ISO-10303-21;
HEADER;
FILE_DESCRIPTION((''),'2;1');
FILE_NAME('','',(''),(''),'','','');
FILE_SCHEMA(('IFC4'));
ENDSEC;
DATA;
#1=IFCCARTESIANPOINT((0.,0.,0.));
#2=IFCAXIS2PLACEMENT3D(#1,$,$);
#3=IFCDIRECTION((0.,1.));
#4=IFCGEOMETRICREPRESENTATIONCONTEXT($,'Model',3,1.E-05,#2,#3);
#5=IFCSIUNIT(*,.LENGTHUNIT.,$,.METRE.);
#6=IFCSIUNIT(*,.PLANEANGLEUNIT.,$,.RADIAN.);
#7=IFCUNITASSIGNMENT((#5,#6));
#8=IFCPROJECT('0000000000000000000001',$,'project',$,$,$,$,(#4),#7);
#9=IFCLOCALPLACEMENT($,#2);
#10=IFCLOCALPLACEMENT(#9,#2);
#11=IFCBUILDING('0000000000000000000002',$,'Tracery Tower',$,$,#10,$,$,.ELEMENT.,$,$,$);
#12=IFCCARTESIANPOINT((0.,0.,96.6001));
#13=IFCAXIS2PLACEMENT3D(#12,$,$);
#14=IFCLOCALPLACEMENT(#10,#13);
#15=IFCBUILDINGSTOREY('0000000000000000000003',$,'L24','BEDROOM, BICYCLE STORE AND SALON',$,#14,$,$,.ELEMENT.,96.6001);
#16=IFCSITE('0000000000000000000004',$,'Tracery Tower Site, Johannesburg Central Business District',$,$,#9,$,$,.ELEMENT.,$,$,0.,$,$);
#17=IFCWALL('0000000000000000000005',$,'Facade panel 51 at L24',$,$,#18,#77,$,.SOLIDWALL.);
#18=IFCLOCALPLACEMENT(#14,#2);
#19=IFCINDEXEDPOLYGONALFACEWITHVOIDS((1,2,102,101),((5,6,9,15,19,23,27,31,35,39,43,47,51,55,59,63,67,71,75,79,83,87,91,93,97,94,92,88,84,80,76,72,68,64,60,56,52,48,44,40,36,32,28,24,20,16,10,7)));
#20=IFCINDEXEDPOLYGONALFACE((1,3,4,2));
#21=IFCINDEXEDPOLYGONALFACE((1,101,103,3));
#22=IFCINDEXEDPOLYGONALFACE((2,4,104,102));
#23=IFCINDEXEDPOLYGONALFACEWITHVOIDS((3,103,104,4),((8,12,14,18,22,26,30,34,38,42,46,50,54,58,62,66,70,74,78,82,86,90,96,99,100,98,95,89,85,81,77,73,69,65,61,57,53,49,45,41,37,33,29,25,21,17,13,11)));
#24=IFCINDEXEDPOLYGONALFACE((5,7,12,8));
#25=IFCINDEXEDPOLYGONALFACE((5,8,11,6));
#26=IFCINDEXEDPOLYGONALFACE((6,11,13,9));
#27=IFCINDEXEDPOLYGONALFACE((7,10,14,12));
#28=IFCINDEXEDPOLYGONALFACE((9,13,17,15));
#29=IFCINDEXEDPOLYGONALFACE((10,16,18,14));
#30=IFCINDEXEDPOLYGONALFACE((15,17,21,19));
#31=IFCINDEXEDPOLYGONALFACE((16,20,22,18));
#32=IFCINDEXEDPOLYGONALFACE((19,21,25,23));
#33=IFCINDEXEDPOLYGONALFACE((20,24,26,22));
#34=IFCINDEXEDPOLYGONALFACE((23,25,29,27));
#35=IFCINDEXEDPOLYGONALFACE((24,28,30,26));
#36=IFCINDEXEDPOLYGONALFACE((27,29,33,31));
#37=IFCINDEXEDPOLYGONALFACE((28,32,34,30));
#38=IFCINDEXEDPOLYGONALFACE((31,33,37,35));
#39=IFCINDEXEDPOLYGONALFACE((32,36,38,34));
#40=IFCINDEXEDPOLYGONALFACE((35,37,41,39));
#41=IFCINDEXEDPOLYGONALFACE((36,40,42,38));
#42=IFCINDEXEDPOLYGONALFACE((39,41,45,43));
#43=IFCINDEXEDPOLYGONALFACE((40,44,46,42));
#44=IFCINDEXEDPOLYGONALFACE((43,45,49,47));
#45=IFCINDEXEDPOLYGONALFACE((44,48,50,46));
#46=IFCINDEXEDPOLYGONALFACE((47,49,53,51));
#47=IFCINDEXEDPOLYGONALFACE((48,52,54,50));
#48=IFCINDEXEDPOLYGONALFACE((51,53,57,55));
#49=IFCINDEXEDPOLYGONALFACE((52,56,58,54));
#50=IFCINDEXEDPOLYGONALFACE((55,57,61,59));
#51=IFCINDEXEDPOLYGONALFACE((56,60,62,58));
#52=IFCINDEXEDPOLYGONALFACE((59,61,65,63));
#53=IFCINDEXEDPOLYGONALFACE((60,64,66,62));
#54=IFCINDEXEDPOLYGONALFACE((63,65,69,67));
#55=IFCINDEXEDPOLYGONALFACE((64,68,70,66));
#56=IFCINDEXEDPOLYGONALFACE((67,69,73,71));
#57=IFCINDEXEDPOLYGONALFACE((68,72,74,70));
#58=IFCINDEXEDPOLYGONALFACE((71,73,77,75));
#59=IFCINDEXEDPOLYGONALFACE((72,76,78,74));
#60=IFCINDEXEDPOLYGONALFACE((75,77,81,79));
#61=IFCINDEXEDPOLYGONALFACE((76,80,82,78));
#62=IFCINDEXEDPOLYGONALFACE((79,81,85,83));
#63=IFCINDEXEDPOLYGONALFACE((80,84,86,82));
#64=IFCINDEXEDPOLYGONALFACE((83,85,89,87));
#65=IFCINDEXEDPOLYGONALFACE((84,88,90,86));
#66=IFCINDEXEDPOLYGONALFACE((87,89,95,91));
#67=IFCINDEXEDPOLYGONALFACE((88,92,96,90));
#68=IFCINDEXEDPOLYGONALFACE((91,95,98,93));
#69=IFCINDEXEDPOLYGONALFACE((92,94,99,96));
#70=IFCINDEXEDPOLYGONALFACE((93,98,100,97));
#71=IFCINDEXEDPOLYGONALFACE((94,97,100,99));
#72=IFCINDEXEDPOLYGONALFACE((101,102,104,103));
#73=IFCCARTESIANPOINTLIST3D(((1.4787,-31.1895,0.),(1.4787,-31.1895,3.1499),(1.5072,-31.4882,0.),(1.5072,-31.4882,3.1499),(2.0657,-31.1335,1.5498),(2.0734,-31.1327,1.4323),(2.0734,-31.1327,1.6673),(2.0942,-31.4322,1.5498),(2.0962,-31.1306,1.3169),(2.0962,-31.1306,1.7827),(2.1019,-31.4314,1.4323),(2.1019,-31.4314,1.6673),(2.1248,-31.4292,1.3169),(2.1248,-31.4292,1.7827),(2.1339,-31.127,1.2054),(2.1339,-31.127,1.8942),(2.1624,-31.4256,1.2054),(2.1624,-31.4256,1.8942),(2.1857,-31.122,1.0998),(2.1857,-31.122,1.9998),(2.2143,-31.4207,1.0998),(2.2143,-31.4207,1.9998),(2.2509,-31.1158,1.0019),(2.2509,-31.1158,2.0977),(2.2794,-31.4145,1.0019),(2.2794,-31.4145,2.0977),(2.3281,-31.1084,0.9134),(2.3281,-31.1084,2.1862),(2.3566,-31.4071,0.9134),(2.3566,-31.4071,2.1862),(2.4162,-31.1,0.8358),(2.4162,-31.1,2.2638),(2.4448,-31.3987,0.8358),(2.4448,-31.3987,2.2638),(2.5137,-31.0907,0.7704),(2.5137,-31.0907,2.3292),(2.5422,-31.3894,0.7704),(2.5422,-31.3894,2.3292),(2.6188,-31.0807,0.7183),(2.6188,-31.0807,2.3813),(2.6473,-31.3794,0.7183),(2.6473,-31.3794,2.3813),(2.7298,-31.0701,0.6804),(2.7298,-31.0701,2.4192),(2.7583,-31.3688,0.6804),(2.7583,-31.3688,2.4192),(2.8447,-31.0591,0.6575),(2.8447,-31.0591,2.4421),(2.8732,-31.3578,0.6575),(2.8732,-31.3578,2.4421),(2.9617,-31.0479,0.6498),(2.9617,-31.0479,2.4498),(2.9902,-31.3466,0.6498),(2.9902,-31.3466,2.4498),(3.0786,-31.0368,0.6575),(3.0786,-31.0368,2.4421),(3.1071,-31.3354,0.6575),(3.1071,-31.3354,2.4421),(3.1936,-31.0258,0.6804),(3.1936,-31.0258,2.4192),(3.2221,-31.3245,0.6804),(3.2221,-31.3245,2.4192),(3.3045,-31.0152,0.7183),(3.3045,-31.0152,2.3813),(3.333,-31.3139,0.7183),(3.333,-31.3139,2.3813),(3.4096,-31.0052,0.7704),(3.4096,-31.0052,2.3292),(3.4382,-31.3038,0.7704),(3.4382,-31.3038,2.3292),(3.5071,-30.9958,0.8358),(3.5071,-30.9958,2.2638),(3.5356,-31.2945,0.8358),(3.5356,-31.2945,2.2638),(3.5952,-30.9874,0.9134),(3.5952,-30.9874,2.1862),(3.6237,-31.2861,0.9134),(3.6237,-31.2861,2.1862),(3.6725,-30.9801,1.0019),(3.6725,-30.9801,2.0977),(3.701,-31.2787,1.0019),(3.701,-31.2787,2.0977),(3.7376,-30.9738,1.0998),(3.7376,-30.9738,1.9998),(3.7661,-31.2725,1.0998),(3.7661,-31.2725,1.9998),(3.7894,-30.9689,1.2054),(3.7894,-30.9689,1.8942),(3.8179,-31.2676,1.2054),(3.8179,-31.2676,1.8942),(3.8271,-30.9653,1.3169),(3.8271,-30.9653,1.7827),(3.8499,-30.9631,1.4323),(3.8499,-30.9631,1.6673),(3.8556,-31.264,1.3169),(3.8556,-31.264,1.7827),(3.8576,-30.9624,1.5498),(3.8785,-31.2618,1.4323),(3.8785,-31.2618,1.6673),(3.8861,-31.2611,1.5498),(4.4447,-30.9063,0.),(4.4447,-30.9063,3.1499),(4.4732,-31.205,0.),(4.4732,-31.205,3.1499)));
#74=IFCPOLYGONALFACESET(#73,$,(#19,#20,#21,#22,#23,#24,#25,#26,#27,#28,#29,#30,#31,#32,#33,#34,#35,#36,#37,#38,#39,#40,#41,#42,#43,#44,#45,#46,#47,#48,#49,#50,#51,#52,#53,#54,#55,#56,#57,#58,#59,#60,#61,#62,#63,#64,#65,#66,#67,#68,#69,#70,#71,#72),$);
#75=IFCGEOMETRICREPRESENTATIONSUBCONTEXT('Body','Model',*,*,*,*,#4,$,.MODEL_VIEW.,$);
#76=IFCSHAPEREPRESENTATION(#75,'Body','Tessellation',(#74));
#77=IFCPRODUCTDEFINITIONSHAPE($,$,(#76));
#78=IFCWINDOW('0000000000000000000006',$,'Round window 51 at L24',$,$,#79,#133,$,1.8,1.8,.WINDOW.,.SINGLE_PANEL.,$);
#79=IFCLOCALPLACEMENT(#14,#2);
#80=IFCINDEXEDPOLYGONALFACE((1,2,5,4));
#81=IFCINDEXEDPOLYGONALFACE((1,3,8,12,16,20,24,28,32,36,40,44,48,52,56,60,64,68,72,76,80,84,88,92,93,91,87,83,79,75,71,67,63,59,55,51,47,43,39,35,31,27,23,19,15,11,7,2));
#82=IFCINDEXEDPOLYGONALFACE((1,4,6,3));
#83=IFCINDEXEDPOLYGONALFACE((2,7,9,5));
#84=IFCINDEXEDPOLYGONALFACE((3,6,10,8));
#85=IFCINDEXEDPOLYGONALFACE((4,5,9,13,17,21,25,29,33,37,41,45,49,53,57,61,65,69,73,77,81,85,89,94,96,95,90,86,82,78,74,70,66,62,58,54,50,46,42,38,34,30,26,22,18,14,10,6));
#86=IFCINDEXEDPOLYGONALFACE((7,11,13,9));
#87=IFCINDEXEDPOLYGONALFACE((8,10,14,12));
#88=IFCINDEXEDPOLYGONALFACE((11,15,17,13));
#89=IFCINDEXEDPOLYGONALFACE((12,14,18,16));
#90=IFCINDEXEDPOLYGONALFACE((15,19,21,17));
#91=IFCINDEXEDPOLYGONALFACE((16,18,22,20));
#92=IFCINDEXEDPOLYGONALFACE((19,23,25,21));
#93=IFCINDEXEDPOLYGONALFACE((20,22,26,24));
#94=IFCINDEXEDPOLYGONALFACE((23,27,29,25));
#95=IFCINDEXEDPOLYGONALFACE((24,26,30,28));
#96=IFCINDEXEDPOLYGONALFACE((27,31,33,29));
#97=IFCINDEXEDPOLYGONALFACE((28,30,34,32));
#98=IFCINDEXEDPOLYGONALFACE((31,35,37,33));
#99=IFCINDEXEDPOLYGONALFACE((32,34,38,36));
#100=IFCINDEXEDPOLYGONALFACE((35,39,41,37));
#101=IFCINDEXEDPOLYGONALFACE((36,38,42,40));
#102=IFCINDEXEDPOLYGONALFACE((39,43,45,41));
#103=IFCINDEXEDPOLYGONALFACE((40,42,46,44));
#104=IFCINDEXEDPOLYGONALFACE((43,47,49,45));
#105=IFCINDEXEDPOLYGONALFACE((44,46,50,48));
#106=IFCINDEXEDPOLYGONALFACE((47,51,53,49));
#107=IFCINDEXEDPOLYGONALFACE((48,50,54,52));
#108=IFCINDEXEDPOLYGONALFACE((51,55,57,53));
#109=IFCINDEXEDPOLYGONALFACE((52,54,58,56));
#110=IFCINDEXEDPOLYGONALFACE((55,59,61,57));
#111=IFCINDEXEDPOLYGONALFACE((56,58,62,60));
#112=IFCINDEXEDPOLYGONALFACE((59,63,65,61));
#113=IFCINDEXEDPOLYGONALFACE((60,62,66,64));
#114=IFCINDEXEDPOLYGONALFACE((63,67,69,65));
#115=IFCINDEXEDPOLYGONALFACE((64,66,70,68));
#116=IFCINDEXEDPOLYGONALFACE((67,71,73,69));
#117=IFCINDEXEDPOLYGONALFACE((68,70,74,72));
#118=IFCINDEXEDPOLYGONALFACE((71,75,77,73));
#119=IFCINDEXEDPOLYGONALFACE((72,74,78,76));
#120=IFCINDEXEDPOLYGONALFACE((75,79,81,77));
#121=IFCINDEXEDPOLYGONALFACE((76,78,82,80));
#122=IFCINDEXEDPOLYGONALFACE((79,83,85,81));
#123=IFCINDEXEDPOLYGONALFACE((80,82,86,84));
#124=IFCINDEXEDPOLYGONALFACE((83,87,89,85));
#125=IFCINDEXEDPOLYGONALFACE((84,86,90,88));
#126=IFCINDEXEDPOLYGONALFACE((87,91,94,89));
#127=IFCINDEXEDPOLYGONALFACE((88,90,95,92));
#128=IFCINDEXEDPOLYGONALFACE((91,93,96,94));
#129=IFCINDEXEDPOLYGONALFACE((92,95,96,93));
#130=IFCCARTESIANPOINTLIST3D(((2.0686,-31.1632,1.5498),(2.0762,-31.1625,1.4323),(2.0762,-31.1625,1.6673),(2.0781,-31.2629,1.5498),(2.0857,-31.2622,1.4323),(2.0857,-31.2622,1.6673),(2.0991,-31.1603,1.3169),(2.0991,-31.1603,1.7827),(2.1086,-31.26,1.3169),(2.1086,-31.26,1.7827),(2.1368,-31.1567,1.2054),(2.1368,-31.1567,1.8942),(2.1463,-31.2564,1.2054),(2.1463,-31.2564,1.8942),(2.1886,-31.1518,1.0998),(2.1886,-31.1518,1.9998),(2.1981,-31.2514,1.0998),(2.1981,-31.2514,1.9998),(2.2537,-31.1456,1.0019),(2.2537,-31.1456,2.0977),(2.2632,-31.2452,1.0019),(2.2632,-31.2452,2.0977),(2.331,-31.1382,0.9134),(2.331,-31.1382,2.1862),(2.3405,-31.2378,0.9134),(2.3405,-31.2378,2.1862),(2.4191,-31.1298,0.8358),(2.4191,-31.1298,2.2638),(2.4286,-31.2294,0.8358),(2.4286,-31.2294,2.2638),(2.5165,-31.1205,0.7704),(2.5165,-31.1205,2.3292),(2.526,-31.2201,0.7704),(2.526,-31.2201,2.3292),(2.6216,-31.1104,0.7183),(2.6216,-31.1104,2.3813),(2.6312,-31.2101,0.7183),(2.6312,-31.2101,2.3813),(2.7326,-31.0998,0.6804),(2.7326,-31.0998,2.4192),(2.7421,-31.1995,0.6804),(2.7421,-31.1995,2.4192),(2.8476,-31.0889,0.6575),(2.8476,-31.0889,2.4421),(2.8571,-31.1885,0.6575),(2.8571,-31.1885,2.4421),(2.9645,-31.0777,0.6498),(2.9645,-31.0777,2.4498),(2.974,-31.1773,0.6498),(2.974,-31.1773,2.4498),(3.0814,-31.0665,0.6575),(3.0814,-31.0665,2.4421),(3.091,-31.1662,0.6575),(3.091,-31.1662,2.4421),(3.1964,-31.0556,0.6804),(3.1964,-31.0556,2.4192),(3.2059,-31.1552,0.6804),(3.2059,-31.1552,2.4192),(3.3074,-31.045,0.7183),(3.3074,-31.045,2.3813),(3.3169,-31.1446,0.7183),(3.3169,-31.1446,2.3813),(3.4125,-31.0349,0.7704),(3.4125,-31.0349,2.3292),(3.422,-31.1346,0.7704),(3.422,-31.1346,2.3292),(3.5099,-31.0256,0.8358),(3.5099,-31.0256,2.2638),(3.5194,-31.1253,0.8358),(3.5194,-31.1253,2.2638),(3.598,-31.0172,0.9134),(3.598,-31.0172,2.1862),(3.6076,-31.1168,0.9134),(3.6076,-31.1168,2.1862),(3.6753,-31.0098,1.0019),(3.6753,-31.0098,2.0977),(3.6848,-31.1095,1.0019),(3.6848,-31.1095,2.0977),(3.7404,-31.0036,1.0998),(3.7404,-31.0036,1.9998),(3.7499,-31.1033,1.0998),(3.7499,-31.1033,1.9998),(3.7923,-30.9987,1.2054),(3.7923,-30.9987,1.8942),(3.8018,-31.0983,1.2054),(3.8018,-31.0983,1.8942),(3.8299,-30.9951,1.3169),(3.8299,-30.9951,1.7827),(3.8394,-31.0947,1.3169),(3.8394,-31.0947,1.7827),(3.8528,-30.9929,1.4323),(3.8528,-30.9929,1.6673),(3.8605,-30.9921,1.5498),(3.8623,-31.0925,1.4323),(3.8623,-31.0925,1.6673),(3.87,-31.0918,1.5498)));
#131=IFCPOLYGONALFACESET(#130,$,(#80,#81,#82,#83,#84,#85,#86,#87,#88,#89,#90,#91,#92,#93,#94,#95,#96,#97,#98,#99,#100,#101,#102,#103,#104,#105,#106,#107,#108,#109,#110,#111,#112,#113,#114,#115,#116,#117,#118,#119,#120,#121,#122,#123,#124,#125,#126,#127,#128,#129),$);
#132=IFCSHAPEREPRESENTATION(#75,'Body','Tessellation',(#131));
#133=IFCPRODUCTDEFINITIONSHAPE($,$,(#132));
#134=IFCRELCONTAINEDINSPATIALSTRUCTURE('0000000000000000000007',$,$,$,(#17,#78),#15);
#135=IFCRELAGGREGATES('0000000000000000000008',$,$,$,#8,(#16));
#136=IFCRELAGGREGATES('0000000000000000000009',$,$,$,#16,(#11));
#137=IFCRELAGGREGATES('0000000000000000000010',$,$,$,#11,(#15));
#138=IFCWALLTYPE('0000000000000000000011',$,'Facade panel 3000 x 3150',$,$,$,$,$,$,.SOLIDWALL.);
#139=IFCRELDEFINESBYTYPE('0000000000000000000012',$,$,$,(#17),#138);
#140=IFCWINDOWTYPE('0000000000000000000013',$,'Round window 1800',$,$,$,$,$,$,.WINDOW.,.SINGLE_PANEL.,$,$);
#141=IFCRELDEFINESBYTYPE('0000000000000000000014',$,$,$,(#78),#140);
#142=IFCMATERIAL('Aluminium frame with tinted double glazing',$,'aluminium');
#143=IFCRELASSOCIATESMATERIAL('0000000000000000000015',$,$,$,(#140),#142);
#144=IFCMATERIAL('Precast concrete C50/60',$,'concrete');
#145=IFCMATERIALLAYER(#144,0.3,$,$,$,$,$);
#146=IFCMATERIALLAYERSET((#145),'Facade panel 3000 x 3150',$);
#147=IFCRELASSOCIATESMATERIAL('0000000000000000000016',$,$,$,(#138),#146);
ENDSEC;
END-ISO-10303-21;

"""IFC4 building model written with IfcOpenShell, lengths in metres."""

from ifc_helpers import new_model, si_unit, direction, frame, frame_2d, origin, origin_2d, place, context, subcontext, project, spatial, rectangle, circle, extrude, material, layer, layer_set, type_object, element, fill, save


model = new_model("IFC4")

# Units and contexts
model_context = context("Model", 3, precision=1e-05, world=origin(), true_north=direction((0.0, 1.0)))
body_context = subcontext(model_context, "Body", "Model", "MODEL_VIEW")
ifc_project = project(units=[si_unit("LENGTHUNIT", "METRE"), si_unit("PLANEANGLEUNIT", "RADIAN")], contexts=[model_context])

# Site, building, storey
site_placement = place(None, origin())
site = spatial("IfcSite", under=ifc_project, at=site_placement, Name="Tracery Tower Site, Johannesburg Central Business District", CompositionType="ELEMENT", RefElevation=0.0)
building_placement = place(site_placement, origin())
building = spatial("IfcBuilding", under=site, at=building_placement, Name="Tracery Tower", CompositionType="ELEMENT")
storey_placement = place(building_placement, frame((0.0, 0.0, 96.6001)))
storey = spatial("IfcBuildingStorey", under=building, at=storey_placement, Name="L24", Description="BEDROOM, BICYCLE STORE AND SALON", CompositionType="ELEMENT", Elevation=96.6001)

# Wall, opening, window
ifc_material_1 = material(Name="Aluminium frame with tinted double glazing", Category="aluminium")
window_type = type_object("IfcWindowType", Name="Round window 1800", PartitioningType="SINGLE_PANEL", PredefinedType="WINDOW", material=ifc_material_1)
ifc_material_2 = material(Name="Precast concrete C50/60", Category="concrete")
ifc_layer_1 = layer(ifc_material_2, 0.3)
ifc_layer_set_1 = layer_set([ifc_layer_1], Name="Facade panel 3000 x 3150")
wall_type_1 = type_object("IfcWallType", Name="Facade panel 3000 x 3150", PredefinedType="SOLIDWALL", material=ifc_layer_set_1)
wall_1_placement = place(storey_placement, frame((1.4929, -31.3389, 0.0), z_axis=(0.0, 0.0, 1.0), x_axis=(0.995473, 0.095049, 0.0)))
wall_1 = element("IfcWall", 1, at=wall_1_placement, inside=storey, type_object=wall_type_1, Name="Facade panel 51 at L24", PredefinedType="SOLIDWALL", context=body_context, shape_type="SweptSolid", body=[
    extrude(rectangle(XDim=2.9795, YDim=0.3, at=frame_2d((1.4897, 0.0))), origin(), (0.0, 0.0, 1.0), 3.1499),
])
opening_1_placement = place(wall_1_placement, frame((1.4897, 0.0, 1.5498)))
opening_1 = element("IfcOpeningElement", 2, at=opening_1_placement, cuts=wall_1, PredefinedType="OPENING", context=body_context, shape_type="SweptSolid", body=[
    extrude(circle(Radius=0.9, at=origin_2d()), frame((0.0, 0.1599, 0.0), z_axis=(0.0, -1.0, 0.0), x_axis=(1.0, 0.0, 0.0)), (0.0, 0.0, 1.0), 0.3201),
])
window_1_placement = place(opening_1_placement, origin())
window_1 = element("IfcWindow", 3, at=window_1_placement, inside=storey, type_object=window_type, Name="Round window 51 at L24", OverallHeight=1.8, OverallWidth=1.8, PartitioningType="SINGLE_PANEL", PredefinedType="WINDOW", context=body_context, shape_type="SweptSolid", body=[
    extrude(circle(Radius=0.9, at=origin_2d()), frame((0.0, 0.1201, 0.0), z_axis=(0.0, -1.0, 0.0), x_axis=(1.0, 0.0, 0.0)), (0.0, 0.0, 1.0), 0.1001),
])
fill(opening_1, window_1)

save(model, "model.ifc")
